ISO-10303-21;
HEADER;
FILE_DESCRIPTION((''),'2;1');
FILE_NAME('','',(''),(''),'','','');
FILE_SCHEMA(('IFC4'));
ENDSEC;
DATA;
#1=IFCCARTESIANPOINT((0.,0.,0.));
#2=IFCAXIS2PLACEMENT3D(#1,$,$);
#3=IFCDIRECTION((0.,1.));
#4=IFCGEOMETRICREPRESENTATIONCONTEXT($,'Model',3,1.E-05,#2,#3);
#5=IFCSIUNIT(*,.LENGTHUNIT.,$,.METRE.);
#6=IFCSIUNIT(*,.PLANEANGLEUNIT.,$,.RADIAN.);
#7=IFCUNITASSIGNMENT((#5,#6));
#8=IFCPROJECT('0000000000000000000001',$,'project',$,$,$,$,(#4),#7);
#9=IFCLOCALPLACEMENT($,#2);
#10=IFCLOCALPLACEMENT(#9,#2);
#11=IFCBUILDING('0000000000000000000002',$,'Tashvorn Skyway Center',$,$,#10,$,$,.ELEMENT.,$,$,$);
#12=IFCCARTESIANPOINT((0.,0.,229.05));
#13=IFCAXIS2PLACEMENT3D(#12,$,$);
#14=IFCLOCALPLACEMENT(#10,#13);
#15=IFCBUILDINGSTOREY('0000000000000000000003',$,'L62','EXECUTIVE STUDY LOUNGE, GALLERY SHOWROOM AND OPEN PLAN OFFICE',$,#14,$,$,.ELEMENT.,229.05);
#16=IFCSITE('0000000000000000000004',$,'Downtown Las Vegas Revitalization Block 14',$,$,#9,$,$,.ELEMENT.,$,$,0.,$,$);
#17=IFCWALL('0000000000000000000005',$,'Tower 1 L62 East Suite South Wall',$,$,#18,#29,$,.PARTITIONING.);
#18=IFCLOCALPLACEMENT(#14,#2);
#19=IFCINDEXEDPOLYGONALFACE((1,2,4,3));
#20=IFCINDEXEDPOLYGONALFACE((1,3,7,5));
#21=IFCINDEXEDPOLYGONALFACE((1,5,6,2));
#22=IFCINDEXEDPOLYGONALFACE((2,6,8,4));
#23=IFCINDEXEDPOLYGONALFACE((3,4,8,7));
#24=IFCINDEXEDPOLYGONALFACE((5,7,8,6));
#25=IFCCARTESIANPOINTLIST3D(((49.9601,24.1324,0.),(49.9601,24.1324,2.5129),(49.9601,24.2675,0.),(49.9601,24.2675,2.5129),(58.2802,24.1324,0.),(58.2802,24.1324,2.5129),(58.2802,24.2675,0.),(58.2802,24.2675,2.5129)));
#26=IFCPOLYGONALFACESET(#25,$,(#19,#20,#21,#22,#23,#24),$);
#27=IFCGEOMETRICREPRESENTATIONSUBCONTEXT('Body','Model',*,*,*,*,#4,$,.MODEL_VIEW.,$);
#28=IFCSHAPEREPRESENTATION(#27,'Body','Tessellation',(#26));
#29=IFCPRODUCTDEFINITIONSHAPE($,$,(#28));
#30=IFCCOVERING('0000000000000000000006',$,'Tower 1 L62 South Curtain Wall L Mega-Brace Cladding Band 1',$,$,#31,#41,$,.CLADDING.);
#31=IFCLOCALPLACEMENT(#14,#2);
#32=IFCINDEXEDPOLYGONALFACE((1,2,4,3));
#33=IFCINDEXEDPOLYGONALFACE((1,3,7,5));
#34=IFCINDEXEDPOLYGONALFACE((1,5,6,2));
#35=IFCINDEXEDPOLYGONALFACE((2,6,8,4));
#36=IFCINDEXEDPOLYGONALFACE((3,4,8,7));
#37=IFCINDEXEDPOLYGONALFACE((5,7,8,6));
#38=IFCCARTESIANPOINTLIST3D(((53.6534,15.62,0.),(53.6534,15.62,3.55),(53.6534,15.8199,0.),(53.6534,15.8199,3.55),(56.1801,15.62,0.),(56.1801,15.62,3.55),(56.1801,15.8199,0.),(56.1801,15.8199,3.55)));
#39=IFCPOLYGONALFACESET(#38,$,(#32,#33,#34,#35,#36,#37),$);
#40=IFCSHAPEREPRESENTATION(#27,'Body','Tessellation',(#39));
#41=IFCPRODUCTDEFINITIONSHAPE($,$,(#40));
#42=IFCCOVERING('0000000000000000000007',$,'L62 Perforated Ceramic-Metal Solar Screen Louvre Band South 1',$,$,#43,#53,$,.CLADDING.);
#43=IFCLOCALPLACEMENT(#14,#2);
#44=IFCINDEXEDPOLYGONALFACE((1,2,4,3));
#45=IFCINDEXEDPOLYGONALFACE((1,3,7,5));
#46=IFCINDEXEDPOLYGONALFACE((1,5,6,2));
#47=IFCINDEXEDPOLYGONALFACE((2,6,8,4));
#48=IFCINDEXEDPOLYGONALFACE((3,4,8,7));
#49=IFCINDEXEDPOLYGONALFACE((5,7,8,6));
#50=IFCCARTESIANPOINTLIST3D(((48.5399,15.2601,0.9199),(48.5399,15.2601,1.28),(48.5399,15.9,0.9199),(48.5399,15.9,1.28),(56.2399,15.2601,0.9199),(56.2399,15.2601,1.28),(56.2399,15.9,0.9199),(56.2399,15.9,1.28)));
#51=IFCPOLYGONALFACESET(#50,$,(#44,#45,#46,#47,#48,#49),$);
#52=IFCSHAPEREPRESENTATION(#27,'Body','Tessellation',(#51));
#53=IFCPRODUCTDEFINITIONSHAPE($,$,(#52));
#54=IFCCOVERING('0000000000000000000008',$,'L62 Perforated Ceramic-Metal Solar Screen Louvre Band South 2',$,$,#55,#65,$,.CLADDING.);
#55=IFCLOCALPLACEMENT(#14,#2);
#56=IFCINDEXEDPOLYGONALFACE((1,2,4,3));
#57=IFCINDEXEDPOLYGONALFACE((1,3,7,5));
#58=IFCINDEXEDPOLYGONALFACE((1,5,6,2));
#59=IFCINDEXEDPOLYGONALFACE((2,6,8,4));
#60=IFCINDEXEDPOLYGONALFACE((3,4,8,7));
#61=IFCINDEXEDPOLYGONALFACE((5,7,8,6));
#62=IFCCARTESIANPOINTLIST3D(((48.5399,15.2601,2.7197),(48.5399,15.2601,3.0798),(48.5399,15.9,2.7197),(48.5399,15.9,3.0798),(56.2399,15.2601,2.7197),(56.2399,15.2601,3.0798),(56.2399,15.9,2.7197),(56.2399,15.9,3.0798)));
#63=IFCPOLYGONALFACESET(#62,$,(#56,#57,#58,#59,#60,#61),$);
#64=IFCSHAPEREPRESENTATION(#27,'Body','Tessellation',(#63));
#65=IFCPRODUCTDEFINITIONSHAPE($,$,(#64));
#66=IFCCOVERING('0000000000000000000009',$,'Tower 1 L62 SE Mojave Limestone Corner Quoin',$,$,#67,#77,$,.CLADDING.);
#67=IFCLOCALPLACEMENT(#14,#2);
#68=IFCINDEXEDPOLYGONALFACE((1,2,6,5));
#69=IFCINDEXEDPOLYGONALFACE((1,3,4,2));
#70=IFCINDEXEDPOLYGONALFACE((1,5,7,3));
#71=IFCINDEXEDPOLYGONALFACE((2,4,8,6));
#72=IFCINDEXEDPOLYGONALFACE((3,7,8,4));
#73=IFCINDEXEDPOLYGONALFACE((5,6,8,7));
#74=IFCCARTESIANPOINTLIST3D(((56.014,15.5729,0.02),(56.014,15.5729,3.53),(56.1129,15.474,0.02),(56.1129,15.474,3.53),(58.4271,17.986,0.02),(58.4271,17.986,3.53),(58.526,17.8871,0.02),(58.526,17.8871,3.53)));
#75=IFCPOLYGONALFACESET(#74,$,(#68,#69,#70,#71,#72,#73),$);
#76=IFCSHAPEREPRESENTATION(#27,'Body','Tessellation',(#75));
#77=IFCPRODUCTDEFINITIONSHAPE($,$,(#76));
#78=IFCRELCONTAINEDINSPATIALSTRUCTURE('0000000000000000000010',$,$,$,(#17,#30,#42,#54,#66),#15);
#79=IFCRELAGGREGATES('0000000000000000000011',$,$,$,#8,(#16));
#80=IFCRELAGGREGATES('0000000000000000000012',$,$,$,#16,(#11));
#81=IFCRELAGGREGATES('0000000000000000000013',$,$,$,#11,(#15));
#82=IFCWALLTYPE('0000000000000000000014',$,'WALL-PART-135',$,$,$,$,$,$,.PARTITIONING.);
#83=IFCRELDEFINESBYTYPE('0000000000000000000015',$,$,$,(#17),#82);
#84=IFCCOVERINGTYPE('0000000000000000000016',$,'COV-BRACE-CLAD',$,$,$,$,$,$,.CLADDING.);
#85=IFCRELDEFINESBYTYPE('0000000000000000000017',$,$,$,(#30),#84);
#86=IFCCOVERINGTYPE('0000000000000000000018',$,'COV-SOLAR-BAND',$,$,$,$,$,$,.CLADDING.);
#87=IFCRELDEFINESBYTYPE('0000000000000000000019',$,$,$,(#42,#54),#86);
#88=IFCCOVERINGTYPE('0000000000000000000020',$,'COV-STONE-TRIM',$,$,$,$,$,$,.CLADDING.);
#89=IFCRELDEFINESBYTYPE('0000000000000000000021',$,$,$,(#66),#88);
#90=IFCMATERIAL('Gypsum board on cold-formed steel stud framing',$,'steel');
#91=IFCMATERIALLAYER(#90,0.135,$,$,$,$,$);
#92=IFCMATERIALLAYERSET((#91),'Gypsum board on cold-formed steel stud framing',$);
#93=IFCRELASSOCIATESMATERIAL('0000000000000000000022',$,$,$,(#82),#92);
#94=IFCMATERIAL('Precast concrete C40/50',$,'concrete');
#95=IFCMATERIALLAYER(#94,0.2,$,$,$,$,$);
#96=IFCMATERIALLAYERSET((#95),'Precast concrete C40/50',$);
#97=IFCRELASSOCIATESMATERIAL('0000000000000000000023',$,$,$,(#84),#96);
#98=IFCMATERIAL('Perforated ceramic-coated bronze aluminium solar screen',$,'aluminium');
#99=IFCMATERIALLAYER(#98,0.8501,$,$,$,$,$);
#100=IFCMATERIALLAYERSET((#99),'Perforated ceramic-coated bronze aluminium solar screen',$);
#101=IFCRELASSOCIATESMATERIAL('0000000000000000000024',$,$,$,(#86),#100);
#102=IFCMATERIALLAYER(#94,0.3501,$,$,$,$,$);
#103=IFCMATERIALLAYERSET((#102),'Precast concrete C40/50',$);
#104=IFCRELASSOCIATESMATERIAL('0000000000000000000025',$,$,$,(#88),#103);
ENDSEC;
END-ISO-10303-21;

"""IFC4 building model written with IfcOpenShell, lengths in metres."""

from ifc_helpers import new_model, si_unit, direction, frame, frame_2d, origin, origin_2d, place, context, subcontext, project, spatial, rectangle, extrude, material, layer, layer_set, type_object, element, save


model = new_model("IFC4")

# Units and contexts
model_context = context("Model", 3, precision=1e-05, world=origin(), true_north=direction((0.0, 1.0)))
body_context = subcontext(model_context, "Body", "Model", "MODEL_VIEW")
ifc_project = project(units=[si_unit("LENGTHUNIT", "METRE"), si_unit("PLANEANGLEUNIT", "RADIAN")], contexts=[model_context])

# Site, building, storey
site_placement = place(None, origin())
site = spatial("IfcSite", under=ifc_project, at=site_placement, Name="Downtown Las Vegas Revitalization Block 14", CompositionType="ELEMENT", RefElevation=0.0)
building_placement = place(site_placement, origin())
building = spatial("IfcBuilding", under=site, at=building_placement, Name="Tashvorn Skyway Center", CompositionType="ELEMENT")
storey_placement = place(building_placement, frame((0.0, 0.0, 229.05)))
storey = spatial("IfcBuildingStorey", under=building, at=storey_placement, Name="L62", Description="EXECUTIVE STUDY LOUNGE, GALLERY SHOWROOM AND OPEN PLAN OFFICE", CompositionType="ELEMENT", Elevation=229.05)

# Wall
ifc_material_1 = material(Name="Gypsum board on cold-formed steel stud framing", Category="steel")
ifc_layer_1 = layer(ifc_material_1, 0.135)
ifc_layer_set_1 = layer_set([ifc_layer_1], Name="Gypsum board on cold-formed steel stud framing")
wall_type_1 = type_object("IfcWallType", Name="WALL-PART-135", PredefinedType="PARTITIONING", material=ifc_layer_set_1)
wall_1_placement = place(storey_placement, frame((49.96, 24.2, 0.0), z_axis=(0.0, 0.0, 1.0), x_axis=(1.0, 0.0, 0.0)))
element("IfcWall", 1, at=wall_1_placement, inside=storey, type_object=wall_type_1, Name="Tower 1 L62 East Suite South Wall", PredefinedType="PARTITIONING", context=body_context, shape_type="SweptSolid", body=[
    extrude(rectangle(XDim=8.3201, YDim=0.135, at=frame_2d((4.1602, 0.0))), origin(), (0.0, 0.0, 1.0), 2.5129),
])

# Coverings
ifc_material_2 = material(Name="Precast concrete C40/50", Category="concrete")
ifc_layer_2 = layer(ifc_material_2, 0.2)
ifc_layer_set_2 = layer_set([ifc_layer_2], Name="Precast concrete C40/50")
covering_type_1 = type_object("IfcCoveringType", Name="COV-BRACE-CLAD", PredefinedType="CLADDING", material=ifc_layer_set_2)
covering_1_placement = place(storey_placement, frame((54.9167, 15.72, 0.0), z_axis=(0.0, 0.0, 1.0), x_axis=(-1.0, 0.0, 0.0)))
element("IfcCovering", 2, at=covering_1_placement, inside=storey, type_object=covering_type_1, Name="Tower 1 L62 South Curtain Wall L Mega-Brace Cladding Band 1", PredefinedType="CLADDING", context=body_context, shape_type="SweptSolid", body=[
    extrude(rectangle(XDim=2.5266, YDim=0.2, at=origin_2d()), origin(), (0.0, 0.0, 1.0), 3.55),
])
ifc_material_3 = material(Name="Perforated ceramic-coated bronze aluminium solar screen", Category="aluminium")
ifc_layer_3 = layer(ifc_material_3, 0.8501)
ifc_layer_set_3 = layer_set([ifc_layer_3], Name="Perforated ceramic-coated bronze aluminium solar screen")
covering_type_2 = type_object("IfcCoveringType", Name="COV-SOLAR-BAND", PredefinedType="CLADDING", material=ifc_layer_set_3)
for number, where, z_axis, x_axis, name in (
    (3, (52.3899, 15.5801, 0.9199), (0.0, 0.0, 1.0), (-1.0, 0.0, 0.0), "L62 Perforated Ceramic-Metal Solar Screen Louvre Band South 1"),
    (4, (52.3899, 15.5801, 2.7197), (0.0, 0.0, 1.0), (-1.0, 0.0, 0.0), "L62 Perforated Ceramic-Metal Solar Screen Louvre Band South 2"),
):
    element("IfcCovering", number, at=place(storey_placement, frame(where, z_axis=z_axis, x_axis=x_axis)), inside=storey, type_object=covering_type_2, Name=name, PredefinedType="CLADDING", context=body_context, shape_type="SweptSolid", body=[
        extrude(rectangle(XDim=7.7, YDim=0.6399, at=origin_2d()), origin(), (0.0, 0.0, 1.0), 0.3601),
    ])
ifc_layer_4 = layer(ifc_material_2, 0.3501)
ifc_layer_set_4 = layer_set([ifc_layer_4], Name="Precast concrete C40/50")
covering_type_3 = type_object("IfcCoveringType", Name="COV-STONE-TRIM", PredefinedType="CLADDING", material=ifc_layer_set_4)
covering_2_placement = place(storey_placement, frame((57.27, 16.73, 0.02), z_axis=(0.0, 0.0, 1.0), x_axis=(0.707107, 0.707107, 0.0)))
element("IfcCovering", 5, at=covering_2_placement, inside=storey, type_object=covering_type_3, Name="Tower 1 L62 SE Mojave Limestone Corner Quoin", PredefinedType="CLADDING", context=body_context, shape_type="SweptSolid", body=[
    extrude(rectangle(XDim=3.4126, YDim=0.1399, at=origin_2d()), origin(), (0.0, 0.0, 1.0), 3.51),
])

save(model, "model.ifc")
